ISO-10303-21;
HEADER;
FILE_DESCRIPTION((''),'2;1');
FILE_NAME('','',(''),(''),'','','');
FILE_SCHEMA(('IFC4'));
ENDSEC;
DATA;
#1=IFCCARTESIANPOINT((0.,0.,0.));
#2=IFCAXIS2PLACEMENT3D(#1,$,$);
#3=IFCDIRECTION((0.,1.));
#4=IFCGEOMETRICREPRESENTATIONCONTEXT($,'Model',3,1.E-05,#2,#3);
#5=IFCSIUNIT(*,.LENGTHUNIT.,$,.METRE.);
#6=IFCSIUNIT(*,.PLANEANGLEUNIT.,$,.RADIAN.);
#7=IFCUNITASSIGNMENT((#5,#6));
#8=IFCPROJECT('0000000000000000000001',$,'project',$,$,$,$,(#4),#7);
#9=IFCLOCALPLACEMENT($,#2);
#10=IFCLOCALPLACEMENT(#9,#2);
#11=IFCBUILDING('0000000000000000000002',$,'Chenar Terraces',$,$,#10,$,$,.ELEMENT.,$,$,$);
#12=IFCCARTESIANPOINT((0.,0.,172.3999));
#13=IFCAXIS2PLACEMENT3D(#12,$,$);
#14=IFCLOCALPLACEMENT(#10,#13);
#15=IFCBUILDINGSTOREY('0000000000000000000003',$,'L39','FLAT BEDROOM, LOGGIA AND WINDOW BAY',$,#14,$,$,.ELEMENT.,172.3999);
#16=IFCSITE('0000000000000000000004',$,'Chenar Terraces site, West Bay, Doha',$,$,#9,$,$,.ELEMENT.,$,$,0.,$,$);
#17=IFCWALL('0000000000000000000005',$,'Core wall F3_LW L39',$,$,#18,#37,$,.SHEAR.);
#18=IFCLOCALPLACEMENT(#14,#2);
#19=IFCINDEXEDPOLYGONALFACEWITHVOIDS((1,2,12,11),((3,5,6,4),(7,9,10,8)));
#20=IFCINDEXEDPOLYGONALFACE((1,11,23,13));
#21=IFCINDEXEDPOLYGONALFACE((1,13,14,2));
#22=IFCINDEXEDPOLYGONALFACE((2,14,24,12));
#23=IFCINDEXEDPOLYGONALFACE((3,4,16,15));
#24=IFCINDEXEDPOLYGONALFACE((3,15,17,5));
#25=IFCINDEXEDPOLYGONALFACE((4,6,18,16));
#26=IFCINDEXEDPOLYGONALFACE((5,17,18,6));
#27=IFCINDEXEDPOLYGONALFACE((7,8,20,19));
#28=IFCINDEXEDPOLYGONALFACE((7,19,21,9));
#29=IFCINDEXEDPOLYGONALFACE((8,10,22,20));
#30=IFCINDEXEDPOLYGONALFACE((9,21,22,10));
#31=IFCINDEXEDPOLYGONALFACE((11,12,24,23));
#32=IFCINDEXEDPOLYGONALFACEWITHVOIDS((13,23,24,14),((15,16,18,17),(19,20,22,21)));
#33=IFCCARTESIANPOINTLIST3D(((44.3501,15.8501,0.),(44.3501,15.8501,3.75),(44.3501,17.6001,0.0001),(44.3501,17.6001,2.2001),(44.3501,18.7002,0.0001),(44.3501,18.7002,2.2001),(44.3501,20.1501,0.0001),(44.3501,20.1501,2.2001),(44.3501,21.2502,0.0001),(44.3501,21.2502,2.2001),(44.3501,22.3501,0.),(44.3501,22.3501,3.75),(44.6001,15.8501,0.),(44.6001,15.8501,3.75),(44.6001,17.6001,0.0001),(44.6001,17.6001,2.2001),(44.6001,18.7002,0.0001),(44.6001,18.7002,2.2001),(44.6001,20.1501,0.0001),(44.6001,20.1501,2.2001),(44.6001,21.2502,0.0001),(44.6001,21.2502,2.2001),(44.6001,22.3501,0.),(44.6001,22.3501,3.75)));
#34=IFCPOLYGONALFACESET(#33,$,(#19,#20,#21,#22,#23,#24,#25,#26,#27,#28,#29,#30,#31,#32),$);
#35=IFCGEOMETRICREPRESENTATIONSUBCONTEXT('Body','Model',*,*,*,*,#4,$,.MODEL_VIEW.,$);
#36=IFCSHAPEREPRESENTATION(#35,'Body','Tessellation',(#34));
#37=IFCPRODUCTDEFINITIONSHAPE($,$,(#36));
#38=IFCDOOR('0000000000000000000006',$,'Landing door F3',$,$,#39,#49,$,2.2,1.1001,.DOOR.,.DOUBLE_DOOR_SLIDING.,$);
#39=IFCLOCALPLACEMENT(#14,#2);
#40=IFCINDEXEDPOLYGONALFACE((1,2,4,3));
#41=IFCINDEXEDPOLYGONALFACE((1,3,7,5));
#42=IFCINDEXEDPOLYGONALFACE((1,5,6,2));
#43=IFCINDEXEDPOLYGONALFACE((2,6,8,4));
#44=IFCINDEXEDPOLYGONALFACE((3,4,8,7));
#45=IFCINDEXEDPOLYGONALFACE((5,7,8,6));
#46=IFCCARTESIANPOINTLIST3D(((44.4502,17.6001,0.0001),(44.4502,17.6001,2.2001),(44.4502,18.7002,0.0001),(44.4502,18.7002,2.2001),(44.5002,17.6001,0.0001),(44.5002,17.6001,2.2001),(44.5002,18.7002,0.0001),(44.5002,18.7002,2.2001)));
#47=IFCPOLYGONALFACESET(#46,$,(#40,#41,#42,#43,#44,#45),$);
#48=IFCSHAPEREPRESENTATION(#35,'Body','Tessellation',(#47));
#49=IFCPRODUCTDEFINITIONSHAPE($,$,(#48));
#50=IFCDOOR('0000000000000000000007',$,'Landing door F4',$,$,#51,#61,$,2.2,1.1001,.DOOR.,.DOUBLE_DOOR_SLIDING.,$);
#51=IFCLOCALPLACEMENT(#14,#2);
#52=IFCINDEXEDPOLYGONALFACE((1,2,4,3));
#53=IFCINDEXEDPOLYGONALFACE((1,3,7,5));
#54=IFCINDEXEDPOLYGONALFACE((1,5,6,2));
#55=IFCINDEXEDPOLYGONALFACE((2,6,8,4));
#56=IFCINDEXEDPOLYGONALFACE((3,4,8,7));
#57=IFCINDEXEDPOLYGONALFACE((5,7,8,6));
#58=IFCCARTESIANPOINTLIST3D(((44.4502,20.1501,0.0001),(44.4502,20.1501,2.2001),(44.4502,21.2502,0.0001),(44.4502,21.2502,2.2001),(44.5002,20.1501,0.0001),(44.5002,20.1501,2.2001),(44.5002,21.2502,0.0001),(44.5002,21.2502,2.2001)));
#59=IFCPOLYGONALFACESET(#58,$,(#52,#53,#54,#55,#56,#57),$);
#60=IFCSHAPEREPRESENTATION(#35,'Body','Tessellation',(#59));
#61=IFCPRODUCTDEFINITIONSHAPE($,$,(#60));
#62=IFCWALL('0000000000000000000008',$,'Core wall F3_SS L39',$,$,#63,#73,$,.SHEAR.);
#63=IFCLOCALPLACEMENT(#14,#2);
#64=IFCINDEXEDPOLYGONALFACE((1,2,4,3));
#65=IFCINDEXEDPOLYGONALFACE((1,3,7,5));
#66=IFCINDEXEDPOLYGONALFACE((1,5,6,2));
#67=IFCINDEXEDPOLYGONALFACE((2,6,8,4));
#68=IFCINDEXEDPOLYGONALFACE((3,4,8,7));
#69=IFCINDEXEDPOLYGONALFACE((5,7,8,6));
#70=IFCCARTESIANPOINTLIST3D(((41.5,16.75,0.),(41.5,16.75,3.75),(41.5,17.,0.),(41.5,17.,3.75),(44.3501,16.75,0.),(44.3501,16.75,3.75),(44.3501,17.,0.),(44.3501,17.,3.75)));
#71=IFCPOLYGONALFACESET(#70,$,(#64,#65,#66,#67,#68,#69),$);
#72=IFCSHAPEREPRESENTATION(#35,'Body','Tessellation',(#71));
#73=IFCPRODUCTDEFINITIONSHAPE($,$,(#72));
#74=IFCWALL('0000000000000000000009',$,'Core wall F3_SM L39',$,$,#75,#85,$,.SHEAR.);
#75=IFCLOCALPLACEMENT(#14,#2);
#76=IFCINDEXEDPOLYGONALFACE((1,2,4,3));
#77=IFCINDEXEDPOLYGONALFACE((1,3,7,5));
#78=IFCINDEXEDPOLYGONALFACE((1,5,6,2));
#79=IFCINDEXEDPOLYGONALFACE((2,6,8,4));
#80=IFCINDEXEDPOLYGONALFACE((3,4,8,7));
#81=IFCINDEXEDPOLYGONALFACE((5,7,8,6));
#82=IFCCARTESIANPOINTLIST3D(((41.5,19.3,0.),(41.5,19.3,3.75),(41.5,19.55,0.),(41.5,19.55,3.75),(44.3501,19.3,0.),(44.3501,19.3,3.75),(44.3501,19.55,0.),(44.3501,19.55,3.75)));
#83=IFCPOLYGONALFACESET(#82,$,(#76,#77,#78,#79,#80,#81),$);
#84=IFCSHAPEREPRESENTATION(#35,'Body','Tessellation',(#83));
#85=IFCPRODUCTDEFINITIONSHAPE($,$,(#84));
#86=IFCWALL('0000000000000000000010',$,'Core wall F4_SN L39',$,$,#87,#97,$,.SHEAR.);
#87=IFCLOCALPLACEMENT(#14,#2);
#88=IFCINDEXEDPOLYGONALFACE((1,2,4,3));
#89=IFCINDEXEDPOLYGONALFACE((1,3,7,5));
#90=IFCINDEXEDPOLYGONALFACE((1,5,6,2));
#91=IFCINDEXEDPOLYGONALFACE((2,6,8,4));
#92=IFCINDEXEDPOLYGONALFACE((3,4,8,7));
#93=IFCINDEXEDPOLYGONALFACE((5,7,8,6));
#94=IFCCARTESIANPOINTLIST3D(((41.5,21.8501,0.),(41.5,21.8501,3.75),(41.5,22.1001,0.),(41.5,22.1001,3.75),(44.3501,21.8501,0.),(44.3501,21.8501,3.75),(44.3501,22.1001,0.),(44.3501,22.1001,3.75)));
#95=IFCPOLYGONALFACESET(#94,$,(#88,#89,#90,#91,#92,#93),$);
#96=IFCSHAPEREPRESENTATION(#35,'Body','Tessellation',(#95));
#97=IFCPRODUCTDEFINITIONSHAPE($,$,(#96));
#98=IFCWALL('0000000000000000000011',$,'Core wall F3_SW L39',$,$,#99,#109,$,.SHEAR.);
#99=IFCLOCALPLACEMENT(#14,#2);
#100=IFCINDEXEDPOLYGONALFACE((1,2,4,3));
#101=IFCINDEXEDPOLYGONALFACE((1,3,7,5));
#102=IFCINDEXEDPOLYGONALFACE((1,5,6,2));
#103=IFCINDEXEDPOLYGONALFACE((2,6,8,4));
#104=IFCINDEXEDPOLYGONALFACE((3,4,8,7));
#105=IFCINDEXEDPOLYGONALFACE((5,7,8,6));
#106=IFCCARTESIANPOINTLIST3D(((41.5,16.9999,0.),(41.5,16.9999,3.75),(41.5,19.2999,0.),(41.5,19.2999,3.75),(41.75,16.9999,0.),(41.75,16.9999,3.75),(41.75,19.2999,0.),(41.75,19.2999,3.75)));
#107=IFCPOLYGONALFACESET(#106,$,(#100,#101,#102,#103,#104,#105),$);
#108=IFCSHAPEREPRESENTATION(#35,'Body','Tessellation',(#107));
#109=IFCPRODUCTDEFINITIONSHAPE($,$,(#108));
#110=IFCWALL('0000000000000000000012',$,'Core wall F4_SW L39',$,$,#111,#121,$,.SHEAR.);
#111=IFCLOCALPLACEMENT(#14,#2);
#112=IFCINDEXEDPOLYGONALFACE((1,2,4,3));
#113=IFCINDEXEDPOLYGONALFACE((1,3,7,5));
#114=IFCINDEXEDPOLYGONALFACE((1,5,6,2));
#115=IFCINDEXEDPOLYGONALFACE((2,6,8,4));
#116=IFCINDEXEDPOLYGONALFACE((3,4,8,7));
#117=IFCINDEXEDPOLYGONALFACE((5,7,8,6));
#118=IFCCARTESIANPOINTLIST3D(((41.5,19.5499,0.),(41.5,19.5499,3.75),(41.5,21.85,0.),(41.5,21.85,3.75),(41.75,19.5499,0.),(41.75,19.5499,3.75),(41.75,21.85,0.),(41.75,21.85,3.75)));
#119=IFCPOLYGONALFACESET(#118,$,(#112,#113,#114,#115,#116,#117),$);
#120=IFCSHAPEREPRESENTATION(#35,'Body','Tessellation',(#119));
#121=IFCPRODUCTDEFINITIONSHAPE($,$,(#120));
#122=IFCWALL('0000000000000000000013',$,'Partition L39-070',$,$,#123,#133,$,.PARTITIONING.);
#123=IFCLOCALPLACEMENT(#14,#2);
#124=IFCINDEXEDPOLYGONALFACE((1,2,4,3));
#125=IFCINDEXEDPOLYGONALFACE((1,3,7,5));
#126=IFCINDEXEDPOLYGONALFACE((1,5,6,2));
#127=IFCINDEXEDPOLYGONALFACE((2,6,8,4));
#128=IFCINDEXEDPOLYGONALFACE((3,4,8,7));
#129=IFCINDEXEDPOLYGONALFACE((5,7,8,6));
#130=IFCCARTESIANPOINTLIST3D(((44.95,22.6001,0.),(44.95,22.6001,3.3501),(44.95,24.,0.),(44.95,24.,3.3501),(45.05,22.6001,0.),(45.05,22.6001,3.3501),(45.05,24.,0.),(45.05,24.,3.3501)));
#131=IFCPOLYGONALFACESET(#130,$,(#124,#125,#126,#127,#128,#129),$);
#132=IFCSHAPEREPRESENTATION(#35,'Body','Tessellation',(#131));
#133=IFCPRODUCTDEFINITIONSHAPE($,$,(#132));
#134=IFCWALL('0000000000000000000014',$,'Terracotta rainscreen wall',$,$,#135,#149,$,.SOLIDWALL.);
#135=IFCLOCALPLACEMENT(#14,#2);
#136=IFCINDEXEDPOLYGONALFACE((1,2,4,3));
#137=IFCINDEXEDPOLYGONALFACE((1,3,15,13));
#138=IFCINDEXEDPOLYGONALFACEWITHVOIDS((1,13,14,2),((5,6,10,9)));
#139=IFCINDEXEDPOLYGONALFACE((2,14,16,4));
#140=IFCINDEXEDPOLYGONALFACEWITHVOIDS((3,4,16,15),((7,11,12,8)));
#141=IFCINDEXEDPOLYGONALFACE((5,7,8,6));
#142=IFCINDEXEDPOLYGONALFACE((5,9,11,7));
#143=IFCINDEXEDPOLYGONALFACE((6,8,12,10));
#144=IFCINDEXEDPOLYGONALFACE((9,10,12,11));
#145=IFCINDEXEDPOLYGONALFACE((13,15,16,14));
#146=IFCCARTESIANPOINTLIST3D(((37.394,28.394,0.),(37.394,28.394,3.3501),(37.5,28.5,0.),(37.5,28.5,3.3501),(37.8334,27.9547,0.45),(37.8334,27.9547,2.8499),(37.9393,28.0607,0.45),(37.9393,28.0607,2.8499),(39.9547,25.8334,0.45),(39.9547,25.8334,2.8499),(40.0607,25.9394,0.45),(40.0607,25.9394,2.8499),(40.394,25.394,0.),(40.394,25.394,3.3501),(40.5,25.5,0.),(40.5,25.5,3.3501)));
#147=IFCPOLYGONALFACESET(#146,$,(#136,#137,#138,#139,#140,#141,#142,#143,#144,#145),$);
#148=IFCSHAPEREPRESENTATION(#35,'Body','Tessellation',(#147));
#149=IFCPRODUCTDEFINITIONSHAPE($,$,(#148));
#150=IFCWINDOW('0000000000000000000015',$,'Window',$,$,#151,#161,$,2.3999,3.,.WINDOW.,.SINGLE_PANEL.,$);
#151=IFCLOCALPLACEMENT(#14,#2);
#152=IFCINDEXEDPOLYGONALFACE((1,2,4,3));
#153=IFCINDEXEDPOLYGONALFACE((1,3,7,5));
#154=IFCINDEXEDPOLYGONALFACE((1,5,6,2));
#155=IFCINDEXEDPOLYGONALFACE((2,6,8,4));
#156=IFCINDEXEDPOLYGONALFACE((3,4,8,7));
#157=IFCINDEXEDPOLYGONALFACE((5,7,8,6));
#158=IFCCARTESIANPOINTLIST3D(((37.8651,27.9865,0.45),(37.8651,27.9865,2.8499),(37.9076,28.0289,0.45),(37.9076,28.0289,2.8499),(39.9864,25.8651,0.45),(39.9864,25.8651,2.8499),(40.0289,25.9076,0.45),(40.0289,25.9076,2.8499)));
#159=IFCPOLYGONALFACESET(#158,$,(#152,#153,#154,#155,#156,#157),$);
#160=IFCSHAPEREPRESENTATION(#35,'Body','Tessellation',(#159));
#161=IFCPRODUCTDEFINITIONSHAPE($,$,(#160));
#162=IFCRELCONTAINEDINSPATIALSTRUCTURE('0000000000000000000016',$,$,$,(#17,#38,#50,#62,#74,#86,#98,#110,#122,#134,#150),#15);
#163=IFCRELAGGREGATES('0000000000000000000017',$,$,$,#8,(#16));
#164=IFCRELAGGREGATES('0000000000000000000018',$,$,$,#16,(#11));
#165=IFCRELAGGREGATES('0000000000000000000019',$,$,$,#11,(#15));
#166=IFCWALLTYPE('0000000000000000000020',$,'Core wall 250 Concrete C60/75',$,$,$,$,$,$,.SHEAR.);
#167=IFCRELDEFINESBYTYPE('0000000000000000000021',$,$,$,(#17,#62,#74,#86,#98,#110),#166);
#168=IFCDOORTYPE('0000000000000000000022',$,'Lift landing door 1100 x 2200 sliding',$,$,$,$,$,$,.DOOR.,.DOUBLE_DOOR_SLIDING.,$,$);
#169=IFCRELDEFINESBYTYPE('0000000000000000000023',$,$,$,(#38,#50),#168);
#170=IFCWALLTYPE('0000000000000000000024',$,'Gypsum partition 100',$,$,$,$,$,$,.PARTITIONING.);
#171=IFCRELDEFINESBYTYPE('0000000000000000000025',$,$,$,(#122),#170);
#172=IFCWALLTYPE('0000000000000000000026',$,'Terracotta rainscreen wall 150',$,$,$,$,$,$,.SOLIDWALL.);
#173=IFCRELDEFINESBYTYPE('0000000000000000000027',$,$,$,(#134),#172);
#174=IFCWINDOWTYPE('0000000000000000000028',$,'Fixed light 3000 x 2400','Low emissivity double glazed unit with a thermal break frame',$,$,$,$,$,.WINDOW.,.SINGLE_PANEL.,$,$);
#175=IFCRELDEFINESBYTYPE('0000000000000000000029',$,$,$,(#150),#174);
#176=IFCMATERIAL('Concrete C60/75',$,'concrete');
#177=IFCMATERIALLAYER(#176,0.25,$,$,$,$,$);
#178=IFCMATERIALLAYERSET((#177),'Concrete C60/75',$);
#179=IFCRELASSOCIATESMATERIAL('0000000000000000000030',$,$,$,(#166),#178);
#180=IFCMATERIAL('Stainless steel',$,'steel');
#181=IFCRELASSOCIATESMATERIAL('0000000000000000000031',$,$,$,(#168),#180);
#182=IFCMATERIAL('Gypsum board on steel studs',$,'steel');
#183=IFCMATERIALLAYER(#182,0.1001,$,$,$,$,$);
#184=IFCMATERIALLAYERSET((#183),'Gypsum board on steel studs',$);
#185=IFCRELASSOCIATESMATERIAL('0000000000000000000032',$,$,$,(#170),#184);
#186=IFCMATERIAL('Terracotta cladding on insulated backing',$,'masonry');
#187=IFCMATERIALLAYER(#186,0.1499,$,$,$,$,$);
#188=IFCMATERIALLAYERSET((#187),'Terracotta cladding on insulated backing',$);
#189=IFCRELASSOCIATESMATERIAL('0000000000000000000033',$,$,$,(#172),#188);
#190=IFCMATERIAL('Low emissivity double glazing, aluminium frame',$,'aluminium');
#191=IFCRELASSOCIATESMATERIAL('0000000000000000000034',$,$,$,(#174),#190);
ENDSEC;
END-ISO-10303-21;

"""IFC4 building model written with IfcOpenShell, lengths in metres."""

from ifc_helpers import new_model, si_unit, direction, frame, frame_2d, origin, place, context, subcontext, project, spatial, rectangle, extrude, material, layer, layer_set, type_object, element, fill, save


model = new_model("IFC4")

# Units and contexts
model_context = context("Model", 3, precision=1e-05, world=origin(), true_north=direction((0.0, 1.0)))
body_context = subcontext(model_context, "Body", "Model", "MODEL_VIEW")
ifc_project = project(units=[si_unit("LENGTHUNIT", "METRE"), si_unit("PLANEANGLEUNIT", "RADIAN")], contexts=[model_context])

# Site, building, storey
site_placement = place(None, origin())
site = spatial("IfcSite", under=ifc_project, at=site_placement, Name="Chenar Terraces site, West Bay, Doha", CompositionType="ELEMENT", RefElevation=0.0)
building_placement = place(site_placement, origin())
building = spatial("IfcBuilding", under=site, at=building_placement, Name="Chenar Terraces", CompositionType="ELEMENT")
storey_placement = place(building_placement, frame((0.0, 0.0, 172.3999)))
storey = spatial("IfcBuildingStorey", under=building, at=storey_placement, Name="L39", Description="FLAT BEDROOM, LOGGIA AND WINDOW BAY", CompositionType="ELEMENT", Elevation=172.3999)

# Shared definitions
ifc_material_1 = material(Name="Concrete C60/75", Category="concrete")
ifc_layer_1 = layer(ifc_material_1, 0.25)
ifc_layer_set_1 = layer_set([ifc_layer_1], Name="Concrete C60/75")
wall_type_1 = type_object("IfcWallType", Name="Core wall 250 Concrete C60/75", PredefinedType="SHEAR", material=ifc_layer_set_1)

# Wall, openings, doors
wall_1_placement = place(storey_placement, frame((44.4751, 15.8501, 0.0), z_axis=(0.0, 0.0, 1.0), x_axis=(0.0, 1.0, 0.0)))
wall_1 = element("IfcWall", 1, at=wall_1_placement, inside=storey, type_object=wall_type_1, Name="Core wall F3_LW L39", PredefinedType="SHEAR", context=body_context, shape_type="SweptSolid", body=[
    extrude(rectangle(XDim=6.5, YDim=0.25, at=frame_2d((3.25, 0.0))), origin(), (0.0, 0.0, 1.0), 3.75),
])
opening_1_placement = place(wall_1_placement, frame((1.75, 0.0, 0.0)))
opening_1 = element("IfcOpeningElement", 2, at=opening_1_placement, cuts=wall_1, PredefinedType="OPENING", context=body_context, shape_type="SweptSolid", body=[
    extrude(rectangle(XDim=1.1001, YDim=2.2, at=frame_2d((0.55, 1.1001))), frame((0.0, 0.135, 0.0), z_axis=(0.0, -1.0, 0.0), x_axis=(1.0, 0.0, 0.0)), (0.0, 0.0, 1.0), 0.27),
])
opening_2_placement = place(wall_1_placement, frame((4.3, 0.0, 0.0)))
opening_2 = element("IfcOpeningElement", 3, at=opening_2_placement, cuts=wall_1, PredefinedType="OPENING", context=body_context, shape_type="SweptSolid", body=[
    extrude(rectangle(XDim=1.1001, YDim=2.2, at=frame_2d((0.55, 1.1001))), frame((0.0, 0.135, 0.0), z_axis=(0.0, -1.0, 0.0), x_axis=(1.0, 0.0, 0.0)), (0.0, 0.0, 1.0), 0.27),
])
ifc_material_2 = material(Name="Stainless steel", Category="steel")
door_type_1 = type_object("IfcDoorType", Name="Lift landing door 1100 x 2200 sliding", OperationType="DOUBLE_DOOR_SLIDING", PredefinedType="DOOR", material=ifc_material_2)
door_1_placement = place(opening_1_placement, origin())
door_1 = element("IfcDoor", 4, at=door_1_placement, inside=storey, type_object=door_type_1, Name="Landing door F3", OperationType="DOUBLE_DOOR_SLIDING", OverallHeight=2.2, OverallWidth=1.1001, PredefinedType="DOOR", context=body_context, shape_type="SweptSolid", body=[
    extrude(rectangle(XDim=1.1001, YDim=2.2, at=frame_2d((0.55, 1.1001))), frame((0.0, 0.0249, 0.0), z_axis=(0.0, -1.0, 0.0), x_axis=(1.0, 0.0, 0.0)), (0.0, 0.0, 1.0), 0.05),
])
fill(opening_1, door_1)
door_2_placement = place(opening_2_placement, origin())
door_2 = element("IfcDoor", 5, at=door_2_placement, inside=storey, type_object=door_type_1, Name="Landing door F4", OperationType="DOUBLE_DOOR_SLIDING", OverallHeight=2.2, OverallWidth=1.1001, PredefinedType="DOOR", context=body_context, shape_type="SweptSolid", body=[
    extrude(rectangle(XDim=1.1001, YDim=2.2, at=frame_2d((0.55, 1.1001))), frame((0.0, 0.0249, 0.0), z_axis=(0.0, -1.0, 0.0), x_axis=(1.0, 0.0, 0.0)), (0.0, 0.0, 1.0), 0.05),
])
fill(opening_2, door_2)

# Walls
for number, where, z_axis, x_axis, name in (
    (6, (41.5, 16.875, 0.0), (0.0, 0.0, 1.0), (1.0, 0.0, 0.0), "Core wall F3_SS L39"),
    (7, (41.5, 19.425, 0.0), (0.0, 0.0, 1.0), (1.0, 0.0, 0.0), "Core wall F3_SM L39"),
    (8, (41.5, 21.9751, 0.0), (0.0, 0.0, 1.0), (1.0, 0.0, 0.0), "Core wall F4_SN L39"),
):
    element("IfcWall", number, at=place(storey_placement, frame(where, z_axis=z_axis, x_axis=x_axis)), inside=storey, type_object=wall_type_1, Name=name, PredefinedType="SHEAR", context=body_context, shape_type="SweptSolid", body=[
        extrude(rectangle(XDim=2.8501, YDim=0.25, at=frame_2d((1.425, 0.0))), origin(), (0.0, 0.0, 1.0), 3.75),
    ])
for number, where, z_axis, x_axis, name in (
    (9, (41.625, 17.0, 0.0), (0.0, 0.0, 1.0), (0.0, 1.0, 0.0), "Core wall F3_SW L39"),
    (10, (41.625, 19.55, 0.0), (0.0, 0.0, 1.0), (0.0, 1.0, 0.0), "Core wall F4_SW L39"),
):
    element("IfcWall", number, at=place(storey_placement, frame(where, z_axis=z_axis, x_axis=x_axis)), inside=storey, type_object=wall_type_1, Name=name, PredefinedType="SHEAR", context=body_context, shape_type="SweptSolid", body=[
        extrude(rectangle(XDim=2.3, YDim=0.25, at=frame_2d((1.1499, 0.0))), origin(), (0.0, 0.0, 1.0), 3.75),
    ])
ifc_material_3 = material(Name="Gypsum board on steel studs", Category="steel")
ifc_layer_2 = layer(ifc_material_3, 0.1001)
ifc_layer_set_2 = layer_set([ifc_layer_2], Name="Gypsum board on steel studs")
wall_type_2 = type_object("IfcWallType", Name="Gypsum partition 100", PredefinedType="PARTITIONING", material=ifc_layer_set_2)
wall_2_placement = place(storey_placement, frame((45.0, 22.6001, 0.0), z_axis=(0.0, 0.0, 1.0), x_axis=(0.0, 1.0, 0.0)))
element("IfcWall", 11, at=wall_2_placement, inside=storey, type_object=wall_type_2, Name="Partition L39-070", PredefinedType="PARTITIONING", context=body_context, shape_type="SweptSolid", body=[
    extrude(rectangle(XDim=1.3999, YDim=0.1001, at=frame_2d((0.7, 0.0))), origin(), (0.0, 0.0, 1.0), 3.3501),
])

# Wall, opening, window
ifc_material_4 = material(Name="Terracotta cladding on insulated backing", Category="masonry")
ifc_layer_3 = layer(ifc_material_4, 0.1499)
ifc_layer_set_3 = layer_set([ifc_layer_3], Name="Terracotta cladding on insulated backing")
wall_type_3 = type_object("IfcWallType", Name="Terracotta rainscreen wall 150", PredefinedType="SOLIDWALL", material=ifc_layer_set_3)
wall_3_placement = place(storey_placement, frame((40.447, 25.447, 0.0), z_axis=(0.0, 0.0, 1.0), x_axis=(-0.707107, 0.707107, 0.0)))
wall_3 = element("IfcWall", 12, at=wall_3_placement, inside=storey, type_object=wall_type_3, Name="Terracotta rainscreen wall", PredefinedType="SOLIDWALL", context=body_context, shape_type="SweptSolid", body=[
    extrude(rectangle(XDim=4.2427, YDim=0.1499, at=frame_2d((2.1213, 0.0))), origin(), (0.0, 0.0, 1.0), 3.3501),
])
opening_3_placement = place(wall_3_placement, frame((0.6213, 0.0, 0.45)))
opening_3 = element("IfcOpeningElement", 13, at=opening_3_placement, cuts=wall_3, PredefinedType="OPENING", context=body_context, shape_type="SweptSolid", body=[
    extrude(rectangle(XDim=3.0, YDim=2.3999, at=frame_2d((1.5, 1.2))), frame((0.0, 0.085, 0.0), z_axis=(0.0, -1.0, 0.0), x_axis=(1.0, 0.0, 0.0)), (0.0, 0.0, 1.0), 0.1699),
])
ifc_material_5 = material(Name="Low emissivity double glazing, aluminium frame", Category="aluminium")
window_type = type_object("IfcWindowType", Name="Fixed light 3000 x 2400", Description="Low emissivity double glazed unit with a thermal break frame", PartitioningType="SINGLE_PANEL", PredefinedType="WINDOW", material=ifc_material_5)
window_placement = place(opening_3_placement, origin())
window = element("IfcWindow", 14, at=window_placement, inside=storey, type_object=window_type, Name="Window", OverallHeight=2.3999, OverallWidth=3.0, PartitioningType="SINGLE_PANEL", PredefinedType="WINDOW", context=body_context, shape_type="SweptSolid", body=[
    extrude(rectangle(XDim=3.0, YDim=2.3999, at=frame_2d((1.5, 1.2))), frame((0.0, 0.03, 0.0), z_axis=(0.0, -1.0, 0.0), x_axis=(1.0, 0.0, 0.0)), (0.0, 0.0, 1.0), 0.0601),
])
fill(opening_3, window)

save(model, "model.ifc")
